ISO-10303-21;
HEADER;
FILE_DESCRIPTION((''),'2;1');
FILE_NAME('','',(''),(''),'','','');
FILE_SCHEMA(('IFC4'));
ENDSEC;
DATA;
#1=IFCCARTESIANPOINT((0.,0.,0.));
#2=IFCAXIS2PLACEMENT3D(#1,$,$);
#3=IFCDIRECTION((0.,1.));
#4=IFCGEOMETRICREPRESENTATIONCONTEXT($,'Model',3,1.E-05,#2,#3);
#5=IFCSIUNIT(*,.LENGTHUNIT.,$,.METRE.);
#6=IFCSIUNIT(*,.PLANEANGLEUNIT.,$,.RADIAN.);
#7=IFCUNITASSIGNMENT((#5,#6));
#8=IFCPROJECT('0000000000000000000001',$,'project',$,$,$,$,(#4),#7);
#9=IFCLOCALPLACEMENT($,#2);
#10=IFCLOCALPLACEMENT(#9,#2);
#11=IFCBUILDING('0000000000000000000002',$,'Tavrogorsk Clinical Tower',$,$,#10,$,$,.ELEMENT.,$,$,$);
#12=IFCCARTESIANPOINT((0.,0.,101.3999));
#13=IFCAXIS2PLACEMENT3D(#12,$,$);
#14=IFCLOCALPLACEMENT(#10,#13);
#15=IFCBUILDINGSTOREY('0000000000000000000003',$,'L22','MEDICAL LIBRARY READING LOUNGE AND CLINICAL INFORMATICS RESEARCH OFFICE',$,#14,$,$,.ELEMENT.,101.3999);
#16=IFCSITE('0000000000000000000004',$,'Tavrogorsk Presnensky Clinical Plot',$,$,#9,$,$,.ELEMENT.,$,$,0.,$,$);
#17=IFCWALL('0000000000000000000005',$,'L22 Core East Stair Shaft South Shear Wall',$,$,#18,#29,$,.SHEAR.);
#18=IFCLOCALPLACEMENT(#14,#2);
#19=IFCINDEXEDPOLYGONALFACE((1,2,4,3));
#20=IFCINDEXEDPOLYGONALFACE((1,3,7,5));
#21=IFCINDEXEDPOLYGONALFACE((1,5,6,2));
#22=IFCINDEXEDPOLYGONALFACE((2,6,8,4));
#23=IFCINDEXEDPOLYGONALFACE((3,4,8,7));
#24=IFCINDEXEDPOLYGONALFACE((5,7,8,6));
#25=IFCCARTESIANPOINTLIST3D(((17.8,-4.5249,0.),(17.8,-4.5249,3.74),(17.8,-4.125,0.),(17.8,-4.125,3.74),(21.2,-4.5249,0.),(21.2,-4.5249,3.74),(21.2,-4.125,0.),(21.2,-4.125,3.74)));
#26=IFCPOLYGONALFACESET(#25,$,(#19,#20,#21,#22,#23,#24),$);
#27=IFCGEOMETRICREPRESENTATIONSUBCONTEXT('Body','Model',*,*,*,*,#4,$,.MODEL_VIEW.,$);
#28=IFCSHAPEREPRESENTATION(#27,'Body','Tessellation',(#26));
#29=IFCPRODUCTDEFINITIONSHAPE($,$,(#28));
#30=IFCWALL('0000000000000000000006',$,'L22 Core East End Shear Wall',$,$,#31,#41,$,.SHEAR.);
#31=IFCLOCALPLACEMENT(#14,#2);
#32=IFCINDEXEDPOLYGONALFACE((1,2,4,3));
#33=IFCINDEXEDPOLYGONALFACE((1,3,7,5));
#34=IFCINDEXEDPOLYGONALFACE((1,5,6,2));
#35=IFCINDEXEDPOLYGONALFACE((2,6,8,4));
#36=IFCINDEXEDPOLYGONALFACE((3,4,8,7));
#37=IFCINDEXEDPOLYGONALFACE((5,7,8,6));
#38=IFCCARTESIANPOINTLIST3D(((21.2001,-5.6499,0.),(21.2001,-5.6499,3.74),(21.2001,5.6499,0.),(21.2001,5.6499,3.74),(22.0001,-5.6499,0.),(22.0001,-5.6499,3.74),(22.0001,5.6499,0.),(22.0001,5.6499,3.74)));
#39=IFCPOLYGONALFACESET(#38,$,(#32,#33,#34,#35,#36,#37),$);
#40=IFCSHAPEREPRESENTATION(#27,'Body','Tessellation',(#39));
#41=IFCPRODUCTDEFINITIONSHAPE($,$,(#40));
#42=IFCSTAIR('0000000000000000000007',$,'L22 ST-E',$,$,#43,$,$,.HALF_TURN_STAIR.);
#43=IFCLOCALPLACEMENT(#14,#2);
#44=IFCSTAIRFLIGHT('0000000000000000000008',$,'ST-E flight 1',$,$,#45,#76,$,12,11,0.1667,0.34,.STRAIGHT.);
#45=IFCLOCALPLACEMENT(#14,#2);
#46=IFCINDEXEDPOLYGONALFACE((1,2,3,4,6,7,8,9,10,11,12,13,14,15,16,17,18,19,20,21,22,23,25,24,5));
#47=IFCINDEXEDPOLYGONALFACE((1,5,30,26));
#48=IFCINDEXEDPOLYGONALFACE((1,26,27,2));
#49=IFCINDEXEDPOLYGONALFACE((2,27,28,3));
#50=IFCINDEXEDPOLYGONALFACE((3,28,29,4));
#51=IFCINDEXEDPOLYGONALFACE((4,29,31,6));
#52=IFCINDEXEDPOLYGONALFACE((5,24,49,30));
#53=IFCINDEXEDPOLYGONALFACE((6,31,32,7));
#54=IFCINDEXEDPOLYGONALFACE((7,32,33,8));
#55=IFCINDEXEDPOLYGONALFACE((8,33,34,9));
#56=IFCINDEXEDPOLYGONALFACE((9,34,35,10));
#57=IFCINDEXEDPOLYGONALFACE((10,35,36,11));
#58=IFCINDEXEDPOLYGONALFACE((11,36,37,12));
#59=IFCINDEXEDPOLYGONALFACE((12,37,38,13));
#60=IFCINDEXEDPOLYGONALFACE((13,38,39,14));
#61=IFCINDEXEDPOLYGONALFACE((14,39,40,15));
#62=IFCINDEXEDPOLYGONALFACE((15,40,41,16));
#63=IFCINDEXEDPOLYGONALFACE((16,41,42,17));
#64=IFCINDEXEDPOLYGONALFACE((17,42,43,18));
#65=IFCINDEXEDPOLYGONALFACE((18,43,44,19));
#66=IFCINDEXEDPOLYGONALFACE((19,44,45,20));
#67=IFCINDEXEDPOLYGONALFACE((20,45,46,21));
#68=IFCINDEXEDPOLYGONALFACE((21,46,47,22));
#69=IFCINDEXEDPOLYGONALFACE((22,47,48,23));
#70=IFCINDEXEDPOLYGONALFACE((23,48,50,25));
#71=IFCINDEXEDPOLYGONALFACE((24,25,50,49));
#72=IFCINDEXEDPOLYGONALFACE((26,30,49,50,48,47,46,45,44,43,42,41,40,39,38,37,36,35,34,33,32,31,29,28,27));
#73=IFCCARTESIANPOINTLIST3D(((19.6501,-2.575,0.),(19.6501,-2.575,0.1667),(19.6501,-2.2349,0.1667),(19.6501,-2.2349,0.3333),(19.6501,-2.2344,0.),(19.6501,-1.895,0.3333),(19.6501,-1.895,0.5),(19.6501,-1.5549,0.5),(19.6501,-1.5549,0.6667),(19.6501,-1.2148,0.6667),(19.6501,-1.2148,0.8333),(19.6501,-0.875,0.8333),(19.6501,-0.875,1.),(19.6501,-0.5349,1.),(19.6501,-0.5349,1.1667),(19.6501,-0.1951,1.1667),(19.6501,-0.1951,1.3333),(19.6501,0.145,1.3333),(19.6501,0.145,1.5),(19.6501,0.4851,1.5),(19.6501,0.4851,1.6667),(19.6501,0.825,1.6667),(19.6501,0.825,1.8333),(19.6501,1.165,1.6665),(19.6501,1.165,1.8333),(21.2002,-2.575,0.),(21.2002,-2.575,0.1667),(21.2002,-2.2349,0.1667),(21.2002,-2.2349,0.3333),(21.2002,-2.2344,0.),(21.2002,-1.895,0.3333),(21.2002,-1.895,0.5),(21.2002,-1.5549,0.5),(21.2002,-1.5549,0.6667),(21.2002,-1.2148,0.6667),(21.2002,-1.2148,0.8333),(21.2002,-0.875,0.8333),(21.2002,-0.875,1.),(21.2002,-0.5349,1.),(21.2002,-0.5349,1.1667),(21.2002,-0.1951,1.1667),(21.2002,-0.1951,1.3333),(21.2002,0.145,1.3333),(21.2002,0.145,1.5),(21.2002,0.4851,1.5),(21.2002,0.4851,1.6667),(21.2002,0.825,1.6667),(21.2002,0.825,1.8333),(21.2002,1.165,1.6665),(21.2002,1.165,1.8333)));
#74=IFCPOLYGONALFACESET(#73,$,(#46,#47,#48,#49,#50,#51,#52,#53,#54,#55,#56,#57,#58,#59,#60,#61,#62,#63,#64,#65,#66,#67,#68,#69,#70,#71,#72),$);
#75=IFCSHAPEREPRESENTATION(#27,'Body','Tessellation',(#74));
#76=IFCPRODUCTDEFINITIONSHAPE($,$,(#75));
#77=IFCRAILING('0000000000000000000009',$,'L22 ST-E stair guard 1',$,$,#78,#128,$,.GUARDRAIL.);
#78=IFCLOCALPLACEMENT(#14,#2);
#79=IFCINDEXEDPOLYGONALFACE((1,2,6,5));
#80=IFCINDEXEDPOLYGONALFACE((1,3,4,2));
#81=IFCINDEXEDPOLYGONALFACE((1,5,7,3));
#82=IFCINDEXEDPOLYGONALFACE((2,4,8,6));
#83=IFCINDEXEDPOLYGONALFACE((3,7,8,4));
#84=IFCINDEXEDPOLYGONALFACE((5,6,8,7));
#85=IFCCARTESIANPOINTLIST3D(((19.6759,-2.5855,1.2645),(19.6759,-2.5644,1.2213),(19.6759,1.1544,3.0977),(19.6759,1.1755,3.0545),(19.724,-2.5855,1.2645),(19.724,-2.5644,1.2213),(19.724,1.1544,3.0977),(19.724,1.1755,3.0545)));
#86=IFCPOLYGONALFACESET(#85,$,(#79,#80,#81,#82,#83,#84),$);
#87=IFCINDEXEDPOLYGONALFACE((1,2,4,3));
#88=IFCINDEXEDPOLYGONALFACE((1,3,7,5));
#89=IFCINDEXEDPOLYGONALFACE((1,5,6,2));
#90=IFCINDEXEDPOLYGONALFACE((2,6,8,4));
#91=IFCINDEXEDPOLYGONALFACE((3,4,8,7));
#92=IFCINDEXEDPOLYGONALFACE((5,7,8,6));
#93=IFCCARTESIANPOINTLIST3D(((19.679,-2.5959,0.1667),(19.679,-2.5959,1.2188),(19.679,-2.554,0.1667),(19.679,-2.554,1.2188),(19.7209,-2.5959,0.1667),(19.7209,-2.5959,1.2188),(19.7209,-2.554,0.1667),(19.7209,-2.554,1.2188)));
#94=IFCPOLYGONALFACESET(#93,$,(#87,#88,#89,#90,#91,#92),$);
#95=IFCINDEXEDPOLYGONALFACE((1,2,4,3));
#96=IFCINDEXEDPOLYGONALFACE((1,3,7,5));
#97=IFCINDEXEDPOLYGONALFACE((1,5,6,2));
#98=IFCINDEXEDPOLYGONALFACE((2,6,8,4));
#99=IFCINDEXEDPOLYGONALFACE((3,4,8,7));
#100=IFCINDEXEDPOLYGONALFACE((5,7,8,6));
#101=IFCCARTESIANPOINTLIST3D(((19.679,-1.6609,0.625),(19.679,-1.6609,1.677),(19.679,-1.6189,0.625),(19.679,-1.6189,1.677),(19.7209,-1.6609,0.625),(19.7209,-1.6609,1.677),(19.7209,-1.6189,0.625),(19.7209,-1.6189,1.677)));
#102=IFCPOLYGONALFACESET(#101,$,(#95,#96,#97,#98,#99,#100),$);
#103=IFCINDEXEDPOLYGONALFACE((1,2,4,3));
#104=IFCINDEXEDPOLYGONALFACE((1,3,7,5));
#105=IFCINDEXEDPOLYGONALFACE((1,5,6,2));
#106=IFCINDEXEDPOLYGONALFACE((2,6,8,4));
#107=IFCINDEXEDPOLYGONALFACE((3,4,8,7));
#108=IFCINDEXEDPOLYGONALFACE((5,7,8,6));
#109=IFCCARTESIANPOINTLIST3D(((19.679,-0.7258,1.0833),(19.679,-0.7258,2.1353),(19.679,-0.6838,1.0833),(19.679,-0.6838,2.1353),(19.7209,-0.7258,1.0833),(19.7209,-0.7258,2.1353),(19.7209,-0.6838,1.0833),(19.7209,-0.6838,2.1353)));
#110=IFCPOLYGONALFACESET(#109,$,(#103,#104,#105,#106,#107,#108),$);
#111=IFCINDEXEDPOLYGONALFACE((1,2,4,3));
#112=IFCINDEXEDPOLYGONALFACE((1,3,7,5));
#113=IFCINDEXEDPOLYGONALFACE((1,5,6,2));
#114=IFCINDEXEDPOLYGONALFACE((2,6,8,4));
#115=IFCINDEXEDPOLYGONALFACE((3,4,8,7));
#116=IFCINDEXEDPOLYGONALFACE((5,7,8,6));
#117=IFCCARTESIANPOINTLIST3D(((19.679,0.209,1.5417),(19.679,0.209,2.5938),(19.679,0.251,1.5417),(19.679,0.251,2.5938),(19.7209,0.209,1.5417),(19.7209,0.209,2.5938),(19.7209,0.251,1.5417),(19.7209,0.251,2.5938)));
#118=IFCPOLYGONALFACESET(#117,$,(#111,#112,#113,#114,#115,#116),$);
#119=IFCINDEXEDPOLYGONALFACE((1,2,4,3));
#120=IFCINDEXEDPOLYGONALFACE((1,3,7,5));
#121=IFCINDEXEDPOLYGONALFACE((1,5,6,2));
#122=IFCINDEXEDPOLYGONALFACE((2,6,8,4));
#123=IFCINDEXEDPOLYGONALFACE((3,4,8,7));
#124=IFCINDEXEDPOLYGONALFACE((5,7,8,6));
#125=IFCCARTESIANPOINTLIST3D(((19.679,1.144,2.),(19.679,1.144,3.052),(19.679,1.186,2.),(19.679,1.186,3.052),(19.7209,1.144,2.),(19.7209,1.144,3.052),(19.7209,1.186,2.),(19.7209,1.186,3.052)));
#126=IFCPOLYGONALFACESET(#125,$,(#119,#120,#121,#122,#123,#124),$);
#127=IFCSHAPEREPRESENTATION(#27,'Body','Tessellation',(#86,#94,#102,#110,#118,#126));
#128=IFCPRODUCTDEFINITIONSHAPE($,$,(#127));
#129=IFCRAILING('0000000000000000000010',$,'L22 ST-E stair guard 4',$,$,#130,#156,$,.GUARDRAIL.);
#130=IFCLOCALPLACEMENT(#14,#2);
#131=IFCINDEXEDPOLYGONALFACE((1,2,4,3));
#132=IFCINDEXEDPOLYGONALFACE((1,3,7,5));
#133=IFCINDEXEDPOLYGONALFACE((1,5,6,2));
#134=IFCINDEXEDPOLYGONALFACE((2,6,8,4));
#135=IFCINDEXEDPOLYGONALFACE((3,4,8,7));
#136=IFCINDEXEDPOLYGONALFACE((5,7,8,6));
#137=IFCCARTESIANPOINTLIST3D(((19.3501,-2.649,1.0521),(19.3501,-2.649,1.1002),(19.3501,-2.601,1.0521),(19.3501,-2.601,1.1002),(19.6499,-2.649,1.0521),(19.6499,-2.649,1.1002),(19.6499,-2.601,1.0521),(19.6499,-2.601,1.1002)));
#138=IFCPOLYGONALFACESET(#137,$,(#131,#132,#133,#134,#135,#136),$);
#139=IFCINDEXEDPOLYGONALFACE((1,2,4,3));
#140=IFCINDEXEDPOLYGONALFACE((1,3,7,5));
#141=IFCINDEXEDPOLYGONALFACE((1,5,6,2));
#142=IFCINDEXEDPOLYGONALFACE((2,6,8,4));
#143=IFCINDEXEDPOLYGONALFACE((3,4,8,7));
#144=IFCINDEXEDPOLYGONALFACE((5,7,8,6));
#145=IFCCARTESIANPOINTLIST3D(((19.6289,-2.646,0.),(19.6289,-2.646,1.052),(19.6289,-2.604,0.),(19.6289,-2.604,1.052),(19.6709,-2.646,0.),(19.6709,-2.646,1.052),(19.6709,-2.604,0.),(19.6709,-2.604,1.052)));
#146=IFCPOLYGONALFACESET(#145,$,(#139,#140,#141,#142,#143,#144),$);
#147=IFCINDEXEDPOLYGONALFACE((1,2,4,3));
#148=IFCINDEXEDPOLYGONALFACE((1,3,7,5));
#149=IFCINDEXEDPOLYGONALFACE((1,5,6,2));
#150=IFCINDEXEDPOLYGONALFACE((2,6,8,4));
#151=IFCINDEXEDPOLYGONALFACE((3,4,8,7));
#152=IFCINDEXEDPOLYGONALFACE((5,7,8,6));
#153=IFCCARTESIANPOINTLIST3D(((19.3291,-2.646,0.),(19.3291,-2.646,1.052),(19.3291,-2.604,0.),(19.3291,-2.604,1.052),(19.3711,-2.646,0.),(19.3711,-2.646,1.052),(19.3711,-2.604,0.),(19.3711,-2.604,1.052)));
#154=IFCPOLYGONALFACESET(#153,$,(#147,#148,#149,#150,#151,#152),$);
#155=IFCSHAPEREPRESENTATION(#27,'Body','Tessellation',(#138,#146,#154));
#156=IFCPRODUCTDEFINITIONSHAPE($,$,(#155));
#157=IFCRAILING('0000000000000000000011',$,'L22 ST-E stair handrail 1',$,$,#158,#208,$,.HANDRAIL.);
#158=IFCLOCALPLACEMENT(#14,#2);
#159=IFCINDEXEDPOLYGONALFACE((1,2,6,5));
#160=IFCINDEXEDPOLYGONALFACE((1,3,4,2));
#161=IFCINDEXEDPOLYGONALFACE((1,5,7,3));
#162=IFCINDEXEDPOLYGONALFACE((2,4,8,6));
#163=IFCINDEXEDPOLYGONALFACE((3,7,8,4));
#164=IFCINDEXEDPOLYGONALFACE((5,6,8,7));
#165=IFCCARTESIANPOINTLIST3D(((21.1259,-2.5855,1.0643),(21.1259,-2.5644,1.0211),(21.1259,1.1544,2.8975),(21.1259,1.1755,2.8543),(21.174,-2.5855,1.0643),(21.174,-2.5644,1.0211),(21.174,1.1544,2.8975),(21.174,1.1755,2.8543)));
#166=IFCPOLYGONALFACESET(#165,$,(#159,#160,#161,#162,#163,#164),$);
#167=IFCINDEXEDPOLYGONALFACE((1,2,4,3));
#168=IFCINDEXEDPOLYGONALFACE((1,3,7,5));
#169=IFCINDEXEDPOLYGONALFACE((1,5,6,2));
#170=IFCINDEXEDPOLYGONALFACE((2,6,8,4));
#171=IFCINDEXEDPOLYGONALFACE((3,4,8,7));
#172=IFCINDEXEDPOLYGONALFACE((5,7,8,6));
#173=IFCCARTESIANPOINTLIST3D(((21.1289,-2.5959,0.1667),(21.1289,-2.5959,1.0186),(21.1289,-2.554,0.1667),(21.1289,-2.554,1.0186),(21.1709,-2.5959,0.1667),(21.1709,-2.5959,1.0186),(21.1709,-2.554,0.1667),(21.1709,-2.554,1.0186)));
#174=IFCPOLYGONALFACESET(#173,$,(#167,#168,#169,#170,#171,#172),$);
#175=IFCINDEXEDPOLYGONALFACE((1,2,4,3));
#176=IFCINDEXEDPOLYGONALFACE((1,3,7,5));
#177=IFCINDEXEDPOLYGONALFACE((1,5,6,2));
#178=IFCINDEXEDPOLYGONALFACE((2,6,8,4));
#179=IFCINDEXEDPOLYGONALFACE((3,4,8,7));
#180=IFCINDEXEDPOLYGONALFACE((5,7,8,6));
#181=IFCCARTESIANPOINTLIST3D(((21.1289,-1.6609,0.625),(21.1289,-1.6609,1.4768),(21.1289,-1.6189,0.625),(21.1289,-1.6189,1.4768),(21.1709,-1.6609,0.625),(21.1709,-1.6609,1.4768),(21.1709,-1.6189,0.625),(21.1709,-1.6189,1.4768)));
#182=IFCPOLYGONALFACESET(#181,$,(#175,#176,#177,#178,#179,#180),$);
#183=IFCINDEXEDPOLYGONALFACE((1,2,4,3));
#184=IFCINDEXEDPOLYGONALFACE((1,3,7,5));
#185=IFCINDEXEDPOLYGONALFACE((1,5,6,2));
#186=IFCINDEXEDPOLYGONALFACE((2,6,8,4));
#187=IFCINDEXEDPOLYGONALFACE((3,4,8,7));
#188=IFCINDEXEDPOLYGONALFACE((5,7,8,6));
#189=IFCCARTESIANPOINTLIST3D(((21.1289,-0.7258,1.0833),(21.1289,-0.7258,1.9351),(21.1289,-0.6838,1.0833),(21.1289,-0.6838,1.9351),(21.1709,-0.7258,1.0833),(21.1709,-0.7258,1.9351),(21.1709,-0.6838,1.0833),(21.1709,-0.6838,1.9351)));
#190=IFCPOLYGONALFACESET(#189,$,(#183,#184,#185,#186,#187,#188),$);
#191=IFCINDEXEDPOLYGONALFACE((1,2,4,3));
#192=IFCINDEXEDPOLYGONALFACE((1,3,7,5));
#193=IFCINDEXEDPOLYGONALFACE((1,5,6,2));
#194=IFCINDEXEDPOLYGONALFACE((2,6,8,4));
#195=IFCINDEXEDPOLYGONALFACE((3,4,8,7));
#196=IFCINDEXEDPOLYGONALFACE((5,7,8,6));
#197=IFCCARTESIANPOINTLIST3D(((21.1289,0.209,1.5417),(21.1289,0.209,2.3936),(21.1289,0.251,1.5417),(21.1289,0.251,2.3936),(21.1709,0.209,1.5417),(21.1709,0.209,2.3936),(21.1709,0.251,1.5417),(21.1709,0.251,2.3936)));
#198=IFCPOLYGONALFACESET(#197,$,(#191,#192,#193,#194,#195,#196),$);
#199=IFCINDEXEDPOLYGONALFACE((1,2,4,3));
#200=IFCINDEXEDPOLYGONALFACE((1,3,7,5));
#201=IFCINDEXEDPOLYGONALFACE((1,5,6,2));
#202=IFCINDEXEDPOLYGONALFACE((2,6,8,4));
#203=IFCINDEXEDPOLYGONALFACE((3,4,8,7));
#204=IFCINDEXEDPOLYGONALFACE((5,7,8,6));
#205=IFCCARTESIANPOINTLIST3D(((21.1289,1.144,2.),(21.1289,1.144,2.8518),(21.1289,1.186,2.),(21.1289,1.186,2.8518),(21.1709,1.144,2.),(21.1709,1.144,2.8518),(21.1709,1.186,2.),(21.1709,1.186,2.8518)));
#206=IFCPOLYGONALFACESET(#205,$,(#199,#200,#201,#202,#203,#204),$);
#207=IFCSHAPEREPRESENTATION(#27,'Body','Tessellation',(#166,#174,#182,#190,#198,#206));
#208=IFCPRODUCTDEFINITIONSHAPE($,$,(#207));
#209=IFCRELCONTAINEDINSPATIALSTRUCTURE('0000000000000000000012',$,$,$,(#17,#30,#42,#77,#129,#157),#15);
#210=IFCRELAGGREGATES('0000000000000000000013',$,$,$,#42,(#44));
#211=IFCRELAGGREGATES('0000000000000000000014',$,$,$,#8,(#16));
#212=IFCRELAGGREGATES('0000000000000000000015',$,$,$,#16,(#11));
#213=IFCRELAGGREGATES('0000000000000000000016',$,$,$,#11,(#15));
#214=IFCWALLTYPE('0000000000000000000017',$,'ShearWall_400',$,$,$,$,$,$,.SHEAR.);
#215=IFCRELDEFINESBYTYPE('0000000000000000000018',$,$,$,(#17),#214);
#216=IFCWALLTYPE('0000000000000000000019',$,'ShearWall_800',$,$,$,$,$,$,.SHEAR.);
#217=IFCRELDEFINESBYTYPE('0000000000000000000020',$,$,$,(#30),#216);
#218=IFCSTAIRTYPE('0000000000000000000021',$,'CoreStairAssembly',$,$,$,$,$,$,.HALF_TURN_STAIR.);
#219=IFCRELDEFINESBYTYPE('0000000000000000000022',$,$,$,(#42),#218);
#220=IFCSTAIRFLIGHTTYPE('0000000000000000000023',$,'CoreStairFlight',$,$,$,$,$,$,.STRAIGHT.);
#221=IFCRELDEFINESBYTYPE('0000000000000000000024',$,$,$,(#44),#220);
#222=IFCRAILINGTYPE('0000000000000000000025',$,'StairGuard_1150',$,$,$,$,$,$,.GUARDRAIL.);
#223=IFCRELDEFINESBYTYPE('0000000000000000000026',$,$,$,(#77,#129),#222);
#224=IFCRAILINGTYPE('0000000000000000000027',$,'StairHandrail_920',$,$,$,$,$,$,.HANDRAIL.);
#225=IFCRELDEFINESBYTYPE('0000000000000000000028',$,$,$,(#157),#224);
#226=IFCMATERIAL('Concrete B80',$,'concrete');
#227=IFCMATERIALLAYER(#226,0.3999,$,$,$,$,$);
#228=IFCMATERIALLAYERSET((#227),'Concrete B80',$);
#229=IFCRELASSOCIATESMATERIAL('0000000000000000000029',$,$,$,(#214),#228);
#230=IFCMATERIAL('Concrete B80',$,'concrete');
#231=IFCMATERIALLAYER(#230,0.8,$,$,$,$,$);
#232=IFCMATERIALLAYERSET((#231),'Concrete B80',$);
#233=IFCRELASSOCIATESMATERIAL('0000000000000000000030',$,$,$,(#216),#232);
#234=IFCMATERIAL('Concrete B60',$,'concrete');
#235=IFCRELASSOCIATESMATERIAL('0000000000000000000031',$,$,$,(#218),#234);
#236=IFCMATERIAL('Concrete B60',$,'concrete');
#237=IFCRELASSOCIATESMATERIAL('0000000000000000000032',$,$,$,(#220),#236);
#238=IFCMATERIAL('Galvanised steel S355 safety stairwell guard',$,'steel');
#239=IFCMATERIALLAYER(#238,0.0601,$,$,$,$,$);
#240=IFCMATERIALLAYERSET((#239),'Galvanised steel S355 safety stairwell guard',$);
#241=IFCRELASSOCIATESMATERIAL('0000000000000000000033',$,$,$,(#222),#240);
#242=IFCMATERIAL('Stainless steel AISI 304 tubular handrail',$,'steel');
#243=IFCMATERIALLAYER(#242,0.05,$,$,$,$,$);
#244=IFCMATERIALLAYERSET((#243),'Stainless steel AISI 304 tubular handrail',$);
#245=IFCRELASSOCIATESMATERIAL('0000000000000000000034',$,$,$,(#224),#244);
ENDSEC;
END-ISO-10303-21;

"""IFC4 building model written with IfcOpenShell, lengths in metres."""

from ifc_helpers import new_model, si_unit, direction, frame, frame_2d, origin, origin_2d, place, context, subcontext, project, spatial, polyline, rectangle, outline, extrude, material, layer, layer_set, type_object, element, aggregate, save


model = new_model("IFC4")

# Units and contexts
model_context = context("Model", 3, precision=1e-05, world=origin(), true_north=direction((0.0, 1.0)))
body_context = subcontext(model_context, "Body", "Model", "MODEL_VIEW")
ifc_project = project(units=[si_unit("LENGTHUNIT", "METRE"), si_unit("PLANEANGLEUNIT", "RADIAN")], contexts=[model_context])

# Site, building, storey
site_placement = place(None, origin())
site = spatial("IfcSite", under=ifc_project, at=site_placement, Name="Tavrogorsk Presnensky Clinical Plot", CompositionType="ELEMENT", RefElevation=0.0)
building_placement = place(site_placement, origin())
building = spatial("IfcBuilding", under=site, at=building_placement, Name="Tavrogorsk Clinical Tower", CompositionType="ELEMENT")
storey_placement = place(building_placement, frame((0.0, 0.0, 101.3999)))
storey = spatial("IfcBuildingStorey", under=building, at=storey_placement, Name="L22", Description="MEDICAL LIBRARY READING LOUNGE AND CLINICAL INFORMATICS RESEARCH OFFICE", CompositionType="ELEMENT", Elevation=101.3999)

# Walls
ifc_material_1 = material(Name="Concrete B80", Category="concrete")
ifc_layer_1 = layer(ifc_material_1, 0.3999)
ifc_layer_set_1 = layer_set([ifc_layer_1], Name="Concrete B80")
wall_type_1 = type_object("IfcWallType", Name="ShearWall_400", PredefinedType="SHEAR", material=ifc_layer_set_1)
wall_1_placement = place(storey_placement, frame((17.8, -4.325, 0.0), z_axis=(0.0, 0.0, 1.0), x_axis=(1.0, 0.0, 0.0)))
element("IfcWall", 1, at=wall_1_placement, inside=storey, type_object=wall_type_1, Name="L22 Core East Stair Shaft South Shear Wall", PredefinedType="SHEAR", context=body_context, shape_type="SweptSolid", body=[
    extrude(rectangle(XDim=3.3999, YDim=0.3999, at=frame_2d((1.7, 0.0))), origin(), (0.0, 0.0, 1.0), 3.74),
])
ifc_material_2 = material(Name="Concrete B80", Category="concrete")
ifc_layer_2 = layer(ifc_material_2, 0.8)
ifc_layer_set_2 = layer_set([ifc_layer_2], Name="Concrete B80")
wall_type_2 = type_object("IfcWallType", Name="ShearWall_800", PredefinedType="SHEAR", material=ifc_layer_set_2)
wall_2_placement = place(storey_placement, frame((21.6001, -5.6499, 0.0), z_axis=(0.0, 0.0, 1.0), x_axis=(0.0, 1.0, 0.0)))
element("IfcWall", 2, at=wall_2_placement, inside=storey, type_object=wall_type_2, Name="L22 Core East End Shear Wall", PredefinedType="SHEAR", context=body_context, shape_type="SweptSolid", body=[
    extrude(rectangle(XDim=11.2998, YDim=0.8, at=frame_2d((5.6499, 0.0))), origin(), (0.0, 0.0, 1.0), 3.74),
])

# Stair, stair flight
ifc_material_3 = material(Name="Concrete B60", Category="concrete")
stair_type = type_object("IfcStairType", Name="CoreStairAssembly", PredefinedType="HALF_TURN_STAIR", material=ifc_material_3)
stair_placement = place(storey_placement, origin())
stair = element("IfcStair", 3, at=stair_placement, inside=storey, type_object=stair_type, Name="L22 ST-E", PredefinedType="HALF_TURN_STAIR")
ifc_material_4 = material(Name="Concrete B60", Category="concrete")
stair_flight_type = type_object("IfcStairFlightType", Name="CoreStairFlight", PredefinedType="STRAIGHT", material=ifc_material_4)
stair_flight_placement = place(storey_placement, frame((20.425, -2.575, 0.0), z_axis=(0.0, 0.0, 1.0), x_axis=(0.0, 1.0, 0.0)))
stair_flight = element("IfcStairFlight", 4, at=stair_flight_placement, type_object=stair_flight_type, Name="ST-E flight 1", NumberOfRisers=12, NumberOfTreads=11, PredefinedType="STRAIGHT", RiserHeight=0.1667, TreadLength=0.34, context=body_context, shape_type="SweptSolid", body=[
    extrude(outline(polyline([(0.0, 0.0), (0.0, 0.1667), (0.3401, 0.1667), (0.3401, 0.3333), (0.6799, 0.3333), (0.6799, 0.5), (1.02, 0.5), (1.02, 0.6667), (1.3601, 0.6667), (1.3601, 0.8333), (1.7, 0.8333), (1.7, 1.0), (2.04, 1.0), (2.04, 1.1667), (2.3799, 1.1667), (2.3799, 1.3333), (2.72, 1.3333), (2.72, 1.5), (3.0601, 1.5), (3.0601, 1.6667), (3.3999, 1.6667), (3.3999, 1.8333), (3.74, 1.8333), (3.74, 2.0), (3.74, 1.6665), (0.3406, 0.0), (0.0, 0.0)])), frame((0.0, 0.7749, 0.0), z_axis=(0.0, -1.0, 0.0), x_axis=(1.0, 0.0, 0.0)), (0.0, 0.0, 1.0), 1.55),
])
aggregate(stair, [stair_flight])

# Railings
ifc_material_5 = material(Name="Galvanised steel S355 safety stairwell guard", Category="steel")
ifc_layer_3 = layer(ifc_material_5, 0.0601)
ifc_layer_set_3 = layer_set([ifc_layer_3], Name="Galvanised steel S355 safety stairwell guard")
railing_type_1 = type_object("IfcRailingType", Name="StairGuard_1150", PredefinedType="GUARDRAIL", material=ifc_layer_set_3)
railing_1_placement = place(storey_placement, frame((19.7, -2.575, 0.1667)))
element("IfcRailing", 5, at=railing_1_placement, inside=storey, type_object=railing_type_1, Name="L22 ST-E stair guard 1", PredefinedType="GUARDRAIL", context=body_context, shape_type="SweptSolid", body=[
    extrude(rectangle(XDim=0.0481, YDim=0.0481, at=origin_2d()), frame((0.0, 0.0, 1.0762), z_axis=(0.0, 0.897928, 0.440142), x_axis=(-1.0, 0.0, 0.0)), (0.0, 0.0, 1.0), 4.165),
    extrude(rectangle(XDim=0.042, YDim=0.042, at=origin_2d()), origin(), (0.0, 0.0, 1.0), 1.052),
    extrude(rectangle(XDim=0.042, YDim=0.042, at=origin_2d()), frame((0.0, 0.9351, 0.4583)), (0.0, 0.0, 1.0), 1.052),
    extrude(rectangle(XDim=0.042, YDim=0.042, at=origin_2d()), frame((0.0, 1.8701, 0.9165)), (0.0, 0.0, 1.0), 1.052),
    extrude(rectangle(XDim=0.042, YDim=0.042, at=origin_2d()), frame((0.0, 2.8049, 1.375)), (0.0, 0.0, 1.0), 1.052),
    extrude(rectangle(XDim=0.042, YDim=0.042, at=origin_2d()), frame((0.0, 3.74, 1.8333)), (0.0, 0.0, 1.0), 1.052),
])
railing_2_placement = place(storey_placement, frame((19.6499, -2.625, 0.0)))
element("IfcRailing", 6, at=railing_2_placement, inside=storey, type_object=railing_type_1, Name="L22 ST-E stair guard 4", PredefinedType="GUARDRAIL", context=body_context, shape_type="SweptSolid", body=[
    extrude(rectangle(XDim=0.0481, YDim=0.0481, at=origin_2d()), frame((0.0, 0.0, 1.0762), z_axis=(-1.0, 0.0, 0.0), x_axis=(0.0, -1.0, 0.0)), (0.0, 0.0, 1.0), 0.2998),
    extrude(rectangle(XDim=0.042, YDim=0.042, at=origin_2d()), origin(), (0.0, 0.0, 1.0), 1.052),
    extrude(rectangle(XDim=0.042, YDim=0.042, at=origin_2d()), frame((-0.2998, 0.0, 0.0)), (0.0, 0.0, 1.0), 1.052),
])
ifc_material_6 = material(Name="Stainless steel AISI 304 tubular handrail", Category="steel")
ifc_layer_4 = layer(ifc_material_6, 0.05)
ifc_layer_set_4 = layer_set([ifc_layer_4], Name="Stainless steel AISI 304 tubular handrail")
railing_type_2 = type_object("IfcRailingType", Name="StairHandrail_920", PredefinedType="HANDRAIL", material=ifc_layer_set_4)
railing_3_placement = place(storey_placement, frame((21.1499, -2.575, 0.1667)))
element("IfcRailing", 7, at=railing_3_placement, inside=storey, type_object=railing_type_2, Name="L22 ST-E stair handrail 1", PredefinedType="HANDRAIL", context=body_context, shape_type="SweptSolid", body=[
    extrude(rectangle(XDim=0.0481, YDim=0.0481, at=origin_2d()), frame((0.0, 0.0, 0.876), z_axis=(0.0, 0.897928, 0.440142), x_axis=(-1.0, 0.0, 0.0)), (0.0, 0.0, 1.0), 4.165),
    extrude(rectangle(XDim=0.042, YDim=0.042, at=origin_2d()), origin(), (0.0, 0.0, 1.0), 0.8518),
    extrude(rectangle(XDim=0.042, YDim=0.042, at=origin_2d()), frame((0.0, 0.9351, 0.4583)), (0.0, 0.0, 1.0), 0.8518),
    extrude(rectangle(XDim=0.042, YDim=0.042, at=origin_2d()), frame((0.0, 1.8701, 0.9165)), (0.0, 0.0, 1.0), 0.8518),
    extrude(rectangle(XDim=0.042, YDim=0.042, at=origin_2d()), frame((0.0, 2.8049, 1.375)), (0.0, 0.0, 1.0), 0.8518),
    extrude(rectangle(XDim=0.042, YDim=0.042, at=origin_2d()), frame((0.0, 3.74, 1.8333)), (0.0, 0.0, 1.0), 0.8518),
])

save(model, "model.ifc")
